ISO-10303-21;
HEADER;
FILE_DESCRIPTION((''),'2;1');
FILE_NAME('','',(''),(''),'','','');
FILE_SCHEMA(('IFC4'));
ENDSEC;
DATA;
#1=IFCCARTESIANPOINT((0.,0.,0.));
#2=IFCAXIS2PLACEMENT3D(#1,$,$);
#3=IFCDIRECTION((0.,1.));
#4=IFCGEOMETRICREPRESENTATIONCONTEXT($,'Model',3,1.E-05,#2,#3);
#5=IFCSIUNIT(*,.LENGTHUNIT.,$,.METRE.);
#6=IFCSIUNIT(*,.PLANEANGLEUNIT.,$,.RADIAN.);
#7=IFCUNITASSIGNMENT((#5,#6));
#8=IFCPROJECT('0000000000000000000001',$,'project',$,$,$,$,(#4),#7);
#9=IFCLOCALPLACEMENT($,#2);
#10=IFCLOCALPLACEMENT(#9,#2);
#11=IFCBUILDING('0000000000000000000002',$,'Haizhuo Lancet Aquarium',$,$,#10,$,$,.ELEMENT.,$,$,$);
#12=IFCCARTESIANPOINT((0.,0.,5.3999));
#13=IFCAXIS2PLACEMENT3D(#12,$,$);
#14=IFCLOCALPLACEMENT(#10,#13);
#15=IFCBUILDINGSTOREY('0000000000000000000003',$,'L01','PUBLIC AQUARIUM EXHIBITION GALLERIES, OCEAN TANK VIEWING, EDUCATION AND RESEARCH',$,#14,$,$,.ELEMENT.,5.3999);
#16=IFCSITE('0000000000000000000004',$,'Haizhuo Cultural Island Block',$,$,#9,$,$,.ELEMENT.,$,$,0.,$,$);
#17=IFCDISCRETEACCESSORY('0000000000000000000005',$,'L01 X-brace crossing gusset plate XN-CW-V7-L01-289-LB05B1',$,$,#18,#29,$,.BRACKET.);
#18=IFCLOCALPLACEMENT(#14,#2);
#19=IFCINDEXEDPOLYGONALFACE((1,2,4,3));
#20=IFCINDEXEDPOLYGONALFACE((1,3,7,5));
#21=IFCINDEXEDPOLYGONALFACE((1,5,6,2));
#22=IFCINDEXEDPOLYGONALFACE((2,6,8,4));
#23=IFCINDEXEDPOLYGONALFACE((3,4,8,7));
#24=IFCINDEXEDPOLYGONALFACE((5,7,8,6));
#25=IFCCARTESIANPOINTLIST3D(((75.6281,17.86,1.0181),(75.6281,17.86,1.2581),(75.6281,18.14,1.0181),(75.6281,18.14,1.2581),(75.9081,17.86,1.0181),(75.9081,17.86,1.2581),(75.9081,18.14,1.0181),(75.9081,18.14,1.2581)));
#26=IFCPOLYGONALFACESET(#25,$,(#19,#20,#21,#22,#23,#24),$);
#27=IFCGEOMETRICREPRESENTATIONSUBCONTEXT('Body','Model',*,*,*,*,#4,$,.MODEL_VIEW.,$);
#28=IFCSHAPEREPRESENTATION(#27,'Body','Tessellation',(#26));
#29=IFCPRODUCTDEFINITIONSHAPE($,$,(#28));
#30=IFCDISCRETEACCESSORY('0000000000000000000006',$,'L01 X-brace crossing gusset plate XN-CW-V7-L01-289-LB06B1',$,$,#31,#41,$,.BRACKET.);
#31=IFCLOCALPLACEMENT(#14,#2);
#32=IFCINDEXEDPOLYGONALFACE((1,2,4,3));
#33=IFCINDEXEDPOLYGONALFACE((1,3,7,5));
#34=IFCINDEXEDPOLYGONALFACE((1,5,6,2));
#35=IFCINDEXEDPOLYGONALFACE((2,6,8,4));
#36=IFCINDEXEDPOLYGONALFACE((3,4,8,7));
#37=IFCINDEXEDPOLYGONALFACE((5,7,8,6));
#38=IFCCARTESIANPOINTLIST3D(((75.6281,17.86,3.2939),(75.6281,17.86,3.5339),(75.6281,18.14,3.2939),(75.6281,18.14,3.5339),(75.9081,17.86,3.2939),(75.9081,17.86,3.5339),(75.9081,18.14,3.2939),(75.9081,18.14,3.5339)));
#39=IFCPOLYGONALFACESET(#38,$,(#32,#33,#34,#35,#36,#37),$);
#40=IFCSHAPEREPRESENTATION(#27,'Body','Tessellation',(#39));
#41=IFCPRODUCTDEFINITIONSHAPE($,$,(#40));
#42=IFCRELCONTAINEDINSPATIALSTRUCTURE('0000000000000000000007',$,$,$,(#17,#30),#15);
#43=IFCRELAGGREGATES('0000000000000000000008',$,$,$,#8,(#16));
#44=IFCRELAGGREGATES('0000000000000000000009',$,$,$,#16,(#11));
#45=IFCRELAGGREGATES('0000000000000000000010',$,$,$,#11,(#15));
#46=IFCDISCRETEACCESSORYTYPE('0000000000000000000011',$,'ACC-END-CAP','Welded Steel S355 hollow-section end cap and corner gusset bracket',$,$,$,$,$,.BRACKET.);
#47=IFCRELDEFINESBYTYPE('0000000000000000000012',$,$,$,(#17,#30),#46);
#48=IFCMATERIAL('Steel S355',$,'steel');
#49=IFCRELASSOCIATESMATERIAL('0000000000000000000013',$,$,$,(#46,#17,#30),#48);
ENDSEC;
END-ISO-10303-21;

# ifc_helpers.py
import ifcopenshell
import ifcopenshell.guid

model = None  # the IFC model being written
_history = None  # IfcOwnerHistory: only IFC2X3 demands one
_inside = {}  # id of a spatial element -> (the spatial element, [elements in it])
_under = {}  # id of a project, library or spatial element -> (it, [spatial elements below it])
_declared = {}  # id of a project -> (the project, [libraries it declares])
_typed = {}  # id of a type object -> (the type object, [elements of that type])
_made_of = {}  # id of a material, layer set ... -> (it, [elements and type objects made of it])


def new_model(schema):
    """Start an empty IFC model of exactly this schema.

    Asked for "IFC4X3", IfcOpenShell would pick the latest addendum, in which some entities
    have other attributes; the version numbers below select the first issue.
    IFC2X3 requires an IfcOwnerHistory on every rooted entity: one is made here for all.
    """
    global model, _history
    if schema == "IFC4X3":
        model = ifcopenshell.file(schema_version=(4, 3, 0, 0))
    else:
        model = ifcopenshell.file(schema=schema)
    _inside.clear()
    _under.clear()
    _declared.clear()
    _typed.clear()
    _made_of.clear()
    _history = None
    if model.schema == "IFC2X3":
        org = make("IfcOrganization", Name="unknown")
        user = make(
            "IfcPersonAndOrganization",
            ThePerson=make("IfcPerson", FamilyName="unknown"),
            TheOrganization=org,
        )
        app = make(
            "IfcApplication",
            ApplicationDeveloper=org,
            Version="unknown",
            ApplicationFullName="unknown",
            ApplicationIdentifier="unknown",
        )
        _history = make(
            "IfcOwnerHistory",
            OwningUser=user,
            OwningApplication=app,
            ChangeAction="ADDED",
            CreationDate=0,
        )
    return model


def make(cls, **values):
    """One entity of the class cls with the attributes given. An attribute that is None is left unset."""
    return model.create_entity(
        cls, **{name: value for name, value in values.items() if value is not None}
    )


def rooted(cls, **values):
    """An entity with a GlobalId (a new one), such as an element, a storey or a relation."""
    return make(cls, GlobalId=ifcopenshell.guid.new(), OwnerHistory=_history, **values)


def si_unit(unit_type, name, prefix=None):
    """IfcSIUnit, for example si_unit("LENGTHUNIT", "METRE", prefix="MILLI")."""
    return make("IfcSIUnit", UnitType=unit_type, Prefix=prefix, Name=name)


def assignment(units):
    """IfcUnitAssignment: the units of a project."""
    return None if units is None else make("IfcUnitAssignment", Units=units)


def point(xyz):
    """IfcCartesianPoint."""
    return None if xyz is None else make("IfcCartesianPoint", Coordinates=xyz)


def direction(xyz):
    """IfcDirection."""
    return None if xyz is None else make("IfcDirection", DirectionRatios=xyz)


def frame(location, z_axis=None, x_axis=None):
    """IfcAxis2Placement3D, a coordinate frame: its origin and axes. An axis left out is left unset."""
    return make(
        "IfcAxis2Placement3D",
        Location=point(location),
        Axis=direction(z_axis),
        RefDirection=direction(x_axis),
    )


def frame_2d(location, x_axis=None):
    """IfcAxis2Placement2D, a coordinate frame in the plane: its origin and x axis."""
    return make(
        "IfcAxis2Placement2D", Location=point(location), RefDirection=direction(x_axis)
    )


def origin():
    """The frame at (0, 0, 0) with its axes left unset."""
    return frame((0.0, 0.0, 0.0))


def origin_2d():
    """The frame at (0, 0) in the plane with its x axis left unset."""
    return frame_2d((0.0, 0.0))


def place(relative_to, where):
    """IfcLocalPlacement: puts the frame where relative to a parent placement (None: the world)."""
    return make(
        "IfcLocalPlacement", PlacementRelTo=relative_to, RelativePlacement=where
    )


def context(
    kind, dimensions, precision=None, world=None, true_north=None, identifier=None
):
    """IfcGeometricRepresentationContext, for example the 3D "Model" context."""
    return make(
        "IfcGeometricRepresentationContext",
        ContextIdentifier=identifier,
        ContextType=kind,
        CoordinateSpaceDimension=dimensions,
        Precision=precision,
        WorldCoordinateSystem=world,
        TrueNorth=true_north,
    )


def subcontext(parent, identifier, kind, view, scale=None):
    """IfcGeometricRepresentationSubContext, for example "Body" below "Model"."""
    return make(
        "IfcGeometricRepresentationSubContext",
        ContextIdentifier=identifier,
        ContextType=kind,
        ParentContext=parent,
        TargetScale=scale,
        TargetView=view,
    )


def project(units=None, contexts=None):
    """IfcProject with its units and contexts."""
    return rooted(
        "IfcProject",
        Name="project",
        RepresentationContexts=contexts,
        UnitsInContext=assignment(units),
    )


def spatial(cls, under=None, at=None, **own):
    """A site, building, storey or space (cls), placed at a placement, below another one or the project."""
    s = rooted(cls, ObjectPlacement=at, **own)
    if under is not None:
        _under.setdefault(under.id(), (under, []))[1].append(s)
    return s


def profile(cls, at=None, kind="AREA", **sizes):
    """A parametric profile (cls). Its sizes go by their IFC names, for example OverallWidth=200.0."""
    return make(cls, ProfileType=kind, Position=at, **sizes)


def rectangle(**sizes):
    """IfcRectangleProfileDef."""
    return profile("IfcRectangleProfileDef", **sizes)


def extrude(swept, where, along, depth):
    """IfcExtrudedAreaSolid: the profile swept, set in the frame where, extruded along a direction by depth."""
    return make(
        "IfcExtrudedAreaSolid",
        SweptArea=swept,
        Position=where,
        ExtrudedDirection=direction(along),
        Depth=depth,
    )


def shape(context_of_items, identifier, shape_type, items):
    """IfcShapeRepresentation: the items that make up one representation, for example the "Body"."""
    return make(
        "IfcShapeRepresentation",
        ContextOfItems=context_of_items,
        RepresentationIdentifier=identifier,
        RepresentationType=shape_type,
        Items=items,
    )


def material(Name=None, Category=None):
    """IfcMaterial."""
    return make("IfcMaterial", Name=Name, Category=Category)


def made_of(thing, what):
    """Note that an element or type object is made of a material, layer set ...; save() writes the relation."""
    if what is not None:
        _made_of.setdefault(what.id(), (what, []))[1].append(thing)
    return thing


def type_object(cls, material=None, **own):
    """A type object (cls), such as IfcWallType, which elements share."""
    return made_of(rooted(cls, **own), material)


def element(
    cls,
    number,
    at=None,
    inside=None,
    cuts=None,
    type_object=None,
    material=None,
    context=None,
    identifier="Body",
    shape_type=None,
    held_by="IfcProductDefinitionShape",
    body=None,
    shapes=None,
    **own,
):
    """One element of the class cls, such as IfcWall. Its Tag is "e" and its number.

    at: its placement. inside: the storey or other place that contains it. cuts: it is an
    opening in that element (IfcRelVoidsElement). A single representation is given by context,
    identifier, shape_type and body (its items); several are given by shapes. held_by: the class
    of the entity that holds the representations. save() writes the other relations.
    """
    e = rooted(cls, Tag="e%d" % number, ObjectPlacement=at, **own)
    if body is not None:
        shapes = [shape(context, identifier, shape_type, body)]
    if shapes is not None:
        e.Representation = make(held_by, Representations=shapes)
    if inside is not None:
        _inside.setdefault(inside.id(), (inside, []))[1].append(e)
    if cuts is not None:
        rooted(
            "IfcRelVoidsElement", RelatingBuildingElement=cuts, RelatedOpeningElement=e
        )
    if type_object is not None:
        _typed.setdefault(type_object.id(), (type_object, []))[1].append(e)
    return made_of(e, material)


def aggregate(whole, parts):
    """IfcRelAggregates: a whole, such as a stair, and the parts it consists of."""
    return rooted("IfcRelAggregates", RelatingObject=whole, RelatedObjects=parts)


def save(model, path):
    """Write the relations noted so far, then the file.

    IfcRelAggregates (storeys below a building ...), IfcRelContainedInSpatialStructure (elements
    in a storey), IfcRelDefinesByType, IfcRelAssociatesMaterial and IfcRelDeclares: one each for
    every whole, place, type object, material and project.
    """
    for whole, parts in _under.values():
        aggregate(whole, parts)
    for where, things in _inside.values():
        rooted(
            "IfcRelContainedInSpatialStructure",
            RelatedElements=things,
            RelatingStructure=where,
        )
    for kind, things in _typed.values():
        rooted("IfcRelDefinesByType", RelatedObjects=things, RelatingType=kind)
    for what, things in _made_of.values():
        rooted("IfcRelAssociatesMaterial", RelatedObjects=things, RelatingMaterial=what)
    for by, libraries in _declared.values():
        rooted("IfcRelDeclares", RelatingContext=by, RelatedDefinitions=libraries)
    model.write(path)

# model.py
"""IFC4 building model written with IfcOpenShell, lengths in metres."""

from ifc_helpers import new_model, si_unit, direction, frame, origin, origin_2d, place, context, subcontext, project, spatial, rectangle, extrude, material, type_object, element, save


model = new_model("IFC4")

# Units and contexts
model_context = context("Model", 3, precision=1e-05, world=origin(), true_north=direction((0.0, 1.0)))
body_context = subcontext(model_context, "Body", "Model", "MODEL_VIEW")
ifc_project = project(units=[si_unit("LENGTHUNIT", "METRE"), si_unit("PLANEANGLEUNIT", "RADIAN")], contexts=[model_context])

# Site, building, storey
site_placement = place(None, origin())
site = spatial("IfcSite", under=ifc_project, at=site_placement, Name="Haizhuo Cultural Island Block", CompositionType="ELEMENT", RefElevation=0.0)
building_placement = place(site_placement, origin())
building = spatial("IfcBuilding", under=site, at=building_placement, Name="Haizhuo Lancet Aquarium", CompositionType="ELEMENT")
storey_placement = place(building_placement, frame((0.0, 0.0, 5.3999)))
storey = spatial("IfcBuildingStorey", under=building, at=storey_placement, Name="L01", Description="PUBLIC AQUARIUM EXHIBITION GALLERIES, OCEAN TANK VIEWING, EDUCATION AND RESEARCH", CompositionType="ELEMENT", Elevation=5.3999)

# Shared definitions
ifc_material_1 = material(Name="Steel S355", Category="steel")

# Discrete accessories
discrete_accessory_type = type_object("IfcDiscreteAccessoryType", Name="ACC-END-CAP", Description="Welded Steel S355 hollow-section end cap and corner gusset bracket", PredefinedType="BRACKET", material=ifc_material_1)
for number, where, z_axis, x_axis, name in (
    (1, (75.7681, 18.0, 1.0181), (0.0, 0.0, 1.0), (1.0, 0.0, 0.0), "L01 X-brace crossing gusset plate XN-CW-V7-L01-289-LB05B1"),
    (2, (75.7681, 18.0, 3.2939), (0.0, 0.0, 1.0), (1.0, 0.0, 0.0), "L01 X-brace crossing gusset plate XN-CW-V7-L01-289-LB06B1"),
):
    element("IfcDiscreteAccessory", number, at=place(storey_placement, frame(where, z_axis=z_axis, x_axis=x_axis)), inside=storey, type_object=discrete_accessory_type, material=ifc_material_1, Name=name, PredefinedType="BRACKET", context=body_context, shape_type="SweptSolid", body=[
        extrude(rectangle(XDim=0.28, YDim=0.28, at=origin_2d()), origin(), (0.0, 0.0, 1.0), 0.24),
    ])

save(model, "model.ifc")
